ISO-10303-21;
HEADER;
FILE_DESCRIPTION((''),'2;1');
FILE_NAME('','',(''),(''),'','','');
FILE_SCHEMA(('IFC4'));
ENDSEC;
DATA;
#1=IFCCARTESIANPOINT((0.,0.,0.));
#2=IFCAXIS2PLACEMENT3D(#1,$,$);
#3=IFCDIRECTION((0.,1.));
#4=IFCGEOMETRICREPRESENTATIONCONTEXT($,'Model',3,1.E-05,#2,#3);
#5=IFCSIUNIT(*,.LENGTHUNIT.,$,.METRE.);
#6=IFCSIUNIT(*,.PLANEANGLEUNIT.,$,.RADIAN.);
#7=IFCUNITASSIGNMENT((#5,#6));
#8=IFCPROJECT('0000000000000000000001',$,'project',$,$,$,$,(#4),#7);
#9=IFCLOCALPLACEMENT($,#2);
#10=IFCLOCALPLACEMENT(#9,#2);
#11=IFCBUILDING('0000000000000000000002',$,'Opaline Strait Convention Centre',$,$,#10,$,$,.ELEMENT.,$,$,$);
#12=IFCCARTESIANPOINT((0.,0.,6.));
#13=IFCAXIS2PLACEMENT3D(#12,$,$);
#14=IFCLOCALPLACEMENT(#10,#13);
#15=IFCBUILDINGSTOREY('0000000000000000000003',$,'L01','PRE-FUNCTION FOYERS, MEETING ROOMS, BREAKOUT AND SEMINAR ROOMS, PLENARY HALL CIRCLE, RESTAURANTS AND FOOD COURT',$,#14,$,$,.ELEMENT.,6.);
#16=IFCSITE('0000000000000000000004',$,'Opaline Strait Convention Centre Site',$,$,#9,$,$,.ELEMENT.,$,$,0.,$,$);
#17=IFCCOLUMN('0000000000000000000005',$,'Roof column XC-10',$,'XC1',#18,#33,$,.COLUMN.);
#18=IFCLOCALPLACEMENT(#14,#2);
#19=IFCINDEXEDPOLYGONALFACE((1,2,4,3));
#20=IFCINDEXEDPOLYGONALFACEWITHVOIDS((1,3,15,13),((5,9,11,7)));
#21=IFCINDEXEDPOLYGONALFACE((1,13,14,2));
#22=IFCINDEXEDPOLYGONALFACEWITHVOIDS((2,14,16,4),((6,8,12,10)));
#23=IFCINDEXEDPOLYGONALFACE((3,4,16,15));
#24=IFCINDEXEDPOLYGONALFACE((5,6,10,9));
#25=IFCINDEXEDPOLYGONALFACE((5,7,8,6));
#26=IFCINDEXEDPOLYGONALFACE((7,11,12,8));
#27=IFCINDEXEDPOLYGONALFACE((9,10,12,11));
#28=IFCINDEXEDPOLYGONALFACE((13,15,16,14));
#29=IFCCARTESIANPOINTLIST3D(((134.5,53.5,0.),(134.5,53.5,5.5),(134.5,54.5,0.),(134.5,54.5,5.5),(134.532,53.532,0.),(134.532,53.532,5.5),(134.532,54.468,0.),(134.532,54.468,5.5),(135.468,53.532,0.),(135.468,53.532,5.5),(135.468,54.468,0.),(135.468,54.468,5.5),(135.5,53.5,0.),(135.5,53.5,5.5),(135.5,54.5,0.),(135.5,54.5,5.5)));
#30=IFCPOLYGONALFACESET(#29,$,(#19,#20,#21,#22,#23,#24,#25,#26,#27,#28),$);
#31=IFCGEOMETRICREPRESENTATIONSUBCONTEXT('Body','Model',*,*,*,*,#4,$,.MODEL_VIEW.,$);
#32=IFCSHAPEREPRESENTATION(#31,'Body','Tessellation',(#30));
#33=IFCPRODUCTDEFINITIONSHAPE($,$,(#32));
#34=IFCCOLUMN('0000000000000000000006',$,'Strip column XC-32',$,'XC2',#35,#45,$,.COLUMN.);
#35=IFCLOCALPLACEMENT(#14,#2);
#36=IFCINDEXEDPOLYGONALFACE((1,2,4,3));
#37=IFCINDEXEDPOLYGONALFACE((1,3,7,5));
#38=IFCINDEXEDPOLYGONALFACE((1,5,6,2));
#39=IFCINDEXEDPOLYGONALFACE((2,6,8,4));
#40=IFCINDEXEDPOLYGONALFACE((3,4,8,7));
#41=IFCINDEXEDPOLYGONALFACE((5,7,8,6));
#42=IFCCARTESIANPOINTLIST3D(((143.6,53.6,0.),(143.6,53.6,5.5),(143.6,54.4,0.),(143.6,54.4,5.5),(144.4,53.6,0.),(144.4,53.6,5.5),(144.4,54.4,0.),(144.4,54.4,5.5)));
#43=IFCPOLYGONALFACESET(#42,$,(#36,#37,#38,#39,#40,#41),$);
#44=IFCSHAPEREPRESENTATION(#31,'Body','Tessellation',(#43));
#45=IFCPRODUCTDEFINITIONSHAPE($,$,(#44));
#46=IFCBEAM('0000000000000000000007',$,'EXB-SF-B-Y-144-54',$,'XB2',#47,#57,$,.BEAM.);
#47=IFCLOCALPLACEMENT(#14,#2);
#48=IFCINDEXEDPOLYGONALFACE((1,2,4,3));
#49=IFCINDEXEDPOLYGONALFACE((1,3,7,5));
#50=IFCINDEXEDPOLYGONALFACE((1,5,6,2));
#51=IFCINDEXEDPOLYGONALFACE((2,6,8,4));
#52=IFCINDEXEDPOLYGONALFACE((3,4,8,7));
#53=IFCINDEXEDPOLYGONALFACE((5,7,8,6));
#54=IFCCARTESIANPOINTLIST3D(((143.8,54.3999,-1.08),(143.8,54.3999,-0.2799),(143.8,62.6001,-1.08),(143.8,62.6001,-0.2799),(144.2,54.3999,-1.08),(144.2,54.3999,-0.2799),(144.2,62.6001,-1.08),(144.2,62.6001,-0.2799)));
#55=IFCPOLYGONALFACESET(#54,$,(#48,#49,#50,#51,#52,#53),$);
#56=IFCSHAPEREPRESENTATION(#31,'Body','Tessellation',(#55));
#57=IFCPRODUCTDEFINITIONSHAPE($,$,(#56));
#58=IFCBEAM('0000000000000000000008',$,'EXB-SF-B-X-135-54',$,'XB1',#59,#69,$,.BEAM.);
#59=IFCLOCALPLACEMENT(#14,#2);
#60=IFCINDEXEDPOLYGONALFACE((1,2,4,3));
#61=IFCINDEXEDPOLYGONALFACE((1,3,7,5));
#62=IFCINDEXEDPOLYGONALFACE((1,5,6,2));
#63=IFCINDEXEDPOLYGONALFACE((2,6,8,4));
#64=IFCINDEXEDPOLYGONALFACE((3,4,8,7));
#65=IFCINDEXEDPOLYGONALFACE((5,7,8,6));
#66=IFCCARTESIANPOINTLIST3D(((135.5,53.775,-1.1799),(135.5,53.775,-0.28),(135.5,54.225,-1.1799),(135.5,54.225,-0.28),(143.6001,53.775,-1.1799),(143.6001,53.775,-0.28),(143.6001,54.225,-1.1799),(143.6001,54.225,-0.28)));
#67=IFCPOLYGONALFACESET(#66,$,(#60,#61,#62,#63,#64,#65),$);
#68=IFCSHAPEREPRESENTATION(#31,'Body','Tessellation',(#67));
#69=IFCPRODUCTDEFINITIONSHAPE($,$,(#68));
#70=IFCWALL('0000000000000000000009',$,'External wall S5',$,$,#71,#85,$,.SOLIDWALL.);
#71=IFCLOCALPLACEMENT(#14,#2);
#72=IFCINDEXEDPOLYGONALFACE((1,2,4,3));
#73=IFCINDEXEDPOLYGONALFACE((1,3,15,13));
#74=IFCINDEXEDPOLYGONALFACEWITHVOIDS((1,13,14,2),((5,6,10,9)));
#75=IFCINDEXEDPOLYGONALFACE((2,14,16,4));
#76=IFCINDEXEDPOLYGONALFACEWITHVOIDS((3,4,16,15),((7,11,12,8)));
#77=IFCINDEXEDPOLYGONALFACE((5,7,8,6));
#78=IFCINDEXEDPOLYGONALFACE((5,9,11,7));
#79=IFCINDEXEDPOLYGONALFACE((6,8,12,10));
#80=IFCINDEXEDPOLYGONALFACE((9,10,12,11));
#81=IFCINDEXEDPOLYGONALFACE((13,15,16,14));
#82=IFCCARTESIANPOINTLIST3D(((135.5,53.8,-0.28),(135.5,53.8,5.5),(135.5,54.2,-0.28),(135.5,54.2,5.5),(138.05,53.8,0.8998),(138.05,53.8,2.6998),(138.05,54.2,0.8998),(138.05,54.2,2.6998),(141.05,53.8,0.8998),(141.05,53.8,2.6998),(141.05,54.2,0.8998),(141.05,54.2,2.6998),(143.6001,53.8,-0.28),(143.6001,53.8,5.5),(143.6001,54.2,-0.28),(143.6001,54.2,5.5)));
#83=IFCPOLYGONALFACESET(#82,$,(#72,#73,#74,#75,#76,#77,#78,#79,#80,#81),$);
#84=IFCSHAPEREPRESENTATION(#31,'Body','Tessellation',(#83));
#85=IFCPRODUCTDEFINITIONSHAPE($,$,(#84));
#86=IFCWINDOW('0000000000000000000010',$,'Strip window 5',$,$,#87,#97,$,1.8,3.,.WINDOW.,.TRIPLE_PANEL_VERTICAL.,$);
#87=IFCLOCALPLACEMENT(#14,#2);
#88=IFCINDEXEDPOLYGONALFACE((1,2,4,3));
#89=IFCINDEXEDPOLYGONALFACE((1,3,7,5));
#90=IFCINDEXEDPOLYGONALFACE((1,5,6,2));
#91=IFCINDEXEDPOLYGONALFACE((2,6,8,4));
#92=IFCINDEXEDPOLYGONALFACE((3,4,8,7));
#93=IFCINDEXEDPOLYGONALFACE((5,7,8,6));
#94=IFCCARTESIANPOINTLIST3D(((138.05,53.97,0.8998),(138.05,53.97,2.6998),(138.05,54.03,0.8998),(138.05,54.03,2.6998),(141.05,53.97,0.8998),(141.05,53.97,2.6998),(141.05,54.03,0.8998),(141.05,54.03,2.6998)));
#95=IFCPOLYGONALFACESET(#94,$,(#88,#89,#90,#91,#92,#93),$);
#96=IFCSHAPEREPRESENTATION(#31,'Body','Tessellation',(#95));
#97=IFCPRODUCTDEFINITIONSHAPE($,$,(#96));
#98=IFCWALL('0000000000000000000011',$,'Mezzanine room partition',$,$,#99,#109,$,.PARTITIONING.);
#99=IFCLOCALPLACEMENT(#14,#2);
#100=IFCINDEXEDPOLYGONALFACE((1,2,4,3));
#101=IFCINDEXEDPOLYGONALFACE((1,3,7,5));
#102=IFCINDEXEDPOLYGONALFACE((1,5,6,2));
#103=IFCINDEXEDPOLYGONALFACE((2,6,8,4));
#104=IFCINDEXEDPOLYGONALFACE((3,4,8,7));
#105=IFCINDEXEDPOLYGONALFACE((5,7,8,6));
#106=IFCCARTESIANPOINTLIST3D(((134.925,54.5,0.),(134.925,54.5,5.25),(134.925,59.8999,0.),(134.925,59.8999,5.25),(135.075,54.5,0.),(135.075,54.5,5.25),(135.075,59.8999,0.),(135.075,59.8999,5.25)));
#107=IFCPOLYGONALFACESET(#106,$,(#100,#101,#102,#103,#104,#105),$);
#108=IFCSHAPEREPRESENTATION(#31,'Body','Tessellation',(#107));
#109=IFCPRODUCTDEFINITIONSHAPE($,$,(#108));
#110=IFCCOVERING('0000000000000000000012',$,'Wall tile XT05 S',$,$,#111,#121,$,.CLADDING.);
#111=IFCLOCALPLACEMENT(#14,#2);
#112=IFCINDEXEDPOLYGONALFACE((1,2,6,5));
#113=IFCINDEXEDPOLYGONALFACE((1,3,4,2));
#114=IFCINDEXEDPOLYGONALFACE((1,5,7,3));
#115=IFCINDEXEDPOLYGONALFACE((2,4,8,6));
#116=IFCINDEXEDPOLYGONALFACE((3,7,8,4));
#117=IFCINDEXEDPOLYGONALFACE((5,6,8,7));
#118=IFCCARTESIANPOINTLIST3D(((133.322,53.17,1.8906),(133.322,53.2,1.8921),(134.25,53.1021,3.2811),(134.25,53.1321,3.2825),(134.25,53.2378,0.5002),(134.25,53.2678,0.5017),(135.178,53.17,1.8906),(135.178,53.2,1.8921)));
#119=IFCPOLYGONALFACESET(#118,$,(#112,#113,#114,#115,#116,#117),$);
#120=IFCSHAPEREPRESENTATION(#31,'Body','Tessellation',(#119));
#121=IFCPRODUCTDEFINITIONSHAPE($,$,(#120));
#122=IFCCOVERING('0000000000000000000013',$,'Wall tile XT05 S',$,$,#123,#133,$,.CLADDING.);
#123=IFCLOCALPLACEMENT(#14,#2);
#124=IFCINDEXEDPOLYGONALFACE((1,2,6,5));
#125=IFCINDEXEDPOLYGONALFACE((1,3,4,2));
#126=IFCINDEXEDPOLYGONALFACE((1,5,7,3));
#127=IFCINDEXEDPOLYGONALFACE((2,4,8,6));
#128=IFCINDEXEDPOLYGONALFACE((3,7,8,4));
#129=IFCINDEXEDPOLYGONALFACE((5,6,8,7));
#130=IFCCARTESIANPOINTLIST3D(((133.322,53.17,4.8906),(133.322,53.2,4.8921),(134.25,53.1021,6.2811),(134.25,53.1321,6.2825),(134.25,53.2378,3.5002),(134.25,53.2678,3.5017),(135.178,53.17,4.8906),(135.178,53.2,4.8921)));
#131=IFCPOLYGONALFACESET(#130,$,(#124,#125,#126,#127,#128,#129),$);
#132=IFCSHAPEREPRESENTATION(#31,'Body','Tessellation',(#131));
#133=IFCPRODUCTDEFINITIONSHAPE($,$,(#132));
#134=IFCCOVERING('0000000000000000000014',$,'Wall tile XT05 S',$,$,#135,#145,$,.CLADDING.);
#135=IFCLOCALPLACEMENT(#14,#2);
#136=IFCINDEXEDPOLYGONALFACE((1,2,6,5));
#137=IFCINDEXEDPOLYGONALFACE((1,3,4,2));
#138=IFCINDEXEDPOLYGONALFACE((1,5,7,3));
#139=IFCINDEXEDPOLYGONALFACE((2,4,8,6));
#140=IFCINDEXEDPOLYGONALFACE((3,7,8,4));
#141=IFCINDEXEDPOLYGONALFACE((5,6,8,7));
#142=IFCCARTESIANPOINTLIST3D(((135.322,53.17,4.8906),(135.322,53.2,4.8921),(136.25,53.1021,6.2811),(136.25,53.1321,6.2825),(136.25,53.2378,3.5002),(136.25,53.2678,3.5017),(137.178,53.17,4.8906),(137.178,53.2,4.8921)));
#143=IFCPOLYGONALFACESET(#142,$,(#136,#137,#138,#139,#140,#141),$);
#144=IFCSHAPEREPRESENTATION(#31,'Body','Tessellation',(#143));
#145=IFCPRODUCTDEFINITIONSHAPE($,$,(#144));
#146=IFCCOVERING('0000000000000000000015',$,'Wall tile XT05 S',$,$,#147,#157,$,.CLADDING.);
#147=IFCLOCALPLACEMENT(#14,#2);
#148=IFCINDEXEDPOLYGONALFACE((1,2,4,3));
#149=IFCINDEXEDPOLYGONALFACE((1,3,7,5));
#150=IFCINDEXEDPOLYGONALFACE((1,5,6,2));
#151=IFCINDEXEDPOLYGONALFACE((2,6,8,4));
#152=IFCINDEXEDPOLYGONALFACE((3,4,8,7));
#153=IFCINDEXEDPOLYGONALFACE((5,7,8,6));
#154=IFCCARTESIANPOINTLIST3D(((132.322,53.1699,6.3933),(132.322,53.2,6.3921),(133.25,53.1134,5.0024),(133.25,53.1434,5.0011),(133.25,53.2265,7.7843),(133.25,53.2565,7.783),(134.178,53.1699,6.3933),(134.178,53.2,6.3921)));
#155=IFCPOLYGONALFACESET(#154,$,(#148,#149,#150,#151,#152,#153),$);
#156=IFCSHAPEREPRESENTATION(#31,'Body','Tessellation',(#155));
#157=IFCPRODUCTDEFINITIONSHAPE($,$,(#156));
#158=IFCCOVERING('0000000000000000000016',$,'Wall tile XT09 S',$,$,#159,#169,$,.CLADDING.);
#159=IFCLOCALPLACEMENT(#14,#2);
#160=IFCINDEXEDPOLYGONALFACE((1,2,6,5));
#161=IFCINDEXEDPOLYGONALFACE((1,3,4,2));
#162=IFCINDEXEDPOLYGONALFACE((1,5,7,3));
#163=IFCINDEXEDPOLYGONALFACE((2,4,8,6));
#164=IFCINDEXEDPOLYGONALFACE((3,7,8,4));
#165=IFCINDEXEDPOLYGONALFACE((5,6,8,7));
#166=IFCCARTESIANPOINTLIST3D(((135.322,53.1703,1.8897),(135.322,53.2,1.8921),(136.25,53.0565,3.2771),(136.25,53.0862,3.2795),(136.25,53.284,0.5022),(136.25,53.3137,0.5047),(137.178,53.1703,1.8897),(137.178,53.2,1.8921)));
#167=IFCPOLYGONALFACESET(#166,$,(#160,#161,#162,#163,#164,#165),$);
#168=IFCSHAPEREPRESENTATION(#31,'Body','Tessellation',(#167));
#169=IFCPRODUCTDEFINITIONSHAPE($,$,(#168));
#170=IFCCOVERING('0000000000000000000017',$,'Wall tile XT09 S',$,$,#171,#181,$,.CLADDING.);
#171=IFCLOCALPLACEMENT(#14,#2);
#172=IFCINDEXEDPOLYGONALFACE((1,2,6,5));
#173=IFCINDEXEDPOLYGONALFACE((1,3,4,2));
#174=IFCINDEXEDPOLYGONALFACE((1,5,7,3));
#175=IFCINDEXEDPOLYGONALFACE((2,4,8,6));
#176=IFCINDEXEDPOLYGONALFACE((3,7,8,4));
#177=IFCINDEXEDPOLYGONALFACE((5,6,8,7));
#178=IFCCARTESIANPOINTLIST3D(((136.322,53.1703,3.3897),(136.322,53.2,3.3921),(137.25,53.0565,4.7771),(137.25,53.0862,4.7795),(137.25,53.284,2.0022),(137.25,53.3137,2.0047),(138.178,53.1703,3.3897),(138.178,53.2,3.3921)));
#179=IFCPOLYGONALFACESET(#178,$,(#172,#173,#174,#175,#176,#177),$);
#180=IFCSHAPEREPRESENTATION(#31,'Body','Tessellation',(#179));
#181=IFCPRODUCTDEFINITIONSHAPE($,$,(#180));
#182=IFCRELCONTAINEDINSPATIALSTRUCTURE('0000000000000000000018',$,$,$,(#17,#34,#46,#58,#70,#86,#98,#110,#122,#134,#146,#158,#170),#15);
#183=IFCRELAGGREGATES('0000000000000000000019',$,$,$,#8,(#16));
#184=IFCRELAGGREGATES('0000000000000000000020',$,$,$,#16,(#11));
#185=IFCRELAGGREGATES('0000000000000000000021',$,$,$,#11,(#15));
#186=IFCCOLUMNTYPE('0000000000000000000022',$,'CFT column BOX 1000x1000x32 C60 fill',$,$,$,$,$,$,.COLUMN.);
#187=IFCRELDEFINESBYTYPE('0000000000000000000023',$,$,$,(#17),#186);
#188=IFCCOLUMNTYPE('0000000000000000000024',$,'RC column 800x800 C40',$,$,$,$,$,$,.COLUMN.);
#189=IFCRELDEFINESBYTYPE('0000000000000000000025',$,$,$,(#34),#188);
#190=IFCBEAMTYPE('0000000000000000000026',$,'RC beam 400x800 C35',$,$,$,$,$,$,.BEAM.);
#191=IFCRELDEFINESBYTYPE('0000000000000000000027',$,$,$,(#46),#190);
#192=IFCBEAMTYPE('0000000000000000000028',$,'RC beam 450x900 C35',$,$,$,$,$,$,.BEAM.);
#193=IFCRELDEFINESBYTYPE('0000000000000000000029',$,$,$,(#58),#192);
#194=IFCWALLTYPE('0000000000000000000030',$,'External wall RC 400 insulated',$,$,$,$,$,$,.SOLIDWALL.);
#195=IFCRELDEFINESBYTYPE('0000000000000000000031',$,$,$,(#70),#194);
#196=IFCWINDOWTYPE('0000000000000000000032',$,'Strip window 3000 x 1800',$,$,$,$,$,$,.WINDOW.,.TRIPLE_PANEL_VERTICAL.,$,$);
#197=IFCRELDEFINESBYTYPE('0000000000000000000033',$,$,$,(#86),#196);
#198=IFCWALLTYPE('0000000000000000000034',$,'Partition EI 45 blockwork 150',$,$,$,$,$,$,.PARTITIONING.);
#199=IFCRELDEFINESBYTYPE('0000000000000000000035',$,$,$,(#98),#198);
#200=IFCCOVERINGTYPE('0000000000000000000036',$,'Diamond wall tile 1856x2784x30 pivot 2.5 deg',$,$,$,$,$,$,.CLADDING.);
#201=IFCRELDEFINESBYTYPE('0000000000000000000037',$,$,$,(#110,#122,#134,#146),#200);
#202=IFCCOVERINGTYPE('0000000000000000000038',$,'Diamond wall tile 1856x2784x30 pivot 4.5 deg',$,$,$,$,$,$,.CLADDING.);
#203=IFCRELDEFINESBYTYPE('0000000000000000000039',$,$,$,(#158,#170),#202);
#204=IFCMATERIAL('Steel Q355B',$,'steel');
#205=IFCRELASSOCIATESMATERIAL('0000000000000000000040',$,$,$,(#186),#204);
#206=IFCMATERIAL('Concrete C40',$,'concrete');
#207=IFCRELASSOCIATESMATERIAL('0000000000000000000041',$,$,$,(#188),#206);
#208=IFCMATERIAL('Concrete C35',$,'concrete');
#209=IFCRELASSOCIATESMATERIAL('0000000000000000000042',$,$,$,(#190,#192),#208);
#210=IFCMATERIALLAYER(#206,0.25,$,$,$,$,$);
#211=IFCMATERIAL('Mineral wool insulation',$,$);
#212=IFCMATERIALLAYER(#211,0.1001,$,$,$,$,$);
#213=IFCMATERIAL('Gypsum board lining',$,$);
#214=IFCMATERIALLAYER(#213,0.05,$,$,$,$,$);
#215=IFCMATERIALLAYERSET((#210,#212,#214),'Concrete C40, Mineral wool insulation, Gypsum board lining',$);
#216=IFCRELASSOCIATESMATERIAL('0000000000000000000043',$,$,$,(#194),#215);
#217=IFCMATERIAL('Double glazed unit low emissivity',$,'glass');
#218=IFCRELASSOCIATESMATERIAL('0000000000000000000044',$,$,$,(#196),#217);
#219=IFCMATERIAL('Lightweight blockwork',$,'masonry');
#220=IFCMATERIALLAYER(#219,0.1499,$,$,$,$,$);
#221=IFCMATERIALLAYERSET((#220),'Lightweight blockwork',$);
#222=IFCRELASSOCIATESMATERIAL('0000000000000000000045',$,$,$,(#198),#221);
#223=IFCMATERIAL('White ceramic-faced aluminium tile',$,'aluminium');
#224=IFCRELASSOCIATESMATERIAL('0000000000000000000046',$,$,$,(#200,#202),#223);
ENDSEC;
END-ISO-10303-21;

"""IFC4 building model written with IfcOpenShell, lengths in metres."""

from ifc_helpers import new_model, si_unit, direction, frame, frame_2d, origin, origin_2d, place, context, subcontext, project, spatial, polyline, rectangle, hollow_rectangle, outline, extrude, material, layer, layer_set, material_profile, profile_set, type_object, element, fill, save


model = new_model("IFC4")

# Units and contexts
model_context = context("Model", 3, precision=1e-05, world=origin(), true_north=direction((0.0, 1.0)))
body_context = subcontext(model_context, "Body", "Model", "MODEL_VIEW")
ifc_project = project(units=[si_unit("LENGTHUNIT", "METRE"), si_unit("PLANEANGLEUNIT", "RADIAN")], contexts=[model_context])

# Site, building, storey
site_placement = place(None, origin())
site = spatial("IfcSite", under=ifc_project, at=site_placement, Name="Opaline Strait Convention Centre Site", CompositionType="ELEMENT", RefElevation=0.0)
building_placement = place(site_placement, origin())
building = spatial("IfcBuilding", under=site, at=building_placement, Name="Opaline Strait Convention Centre", CompositionType="ELEMENT")
storey_placement = place(building_placement, frame((0.0, 0.0, 6.0)))
storey = spatial("IfcBuildingStorey", under=building, at=storey_placement, Name="L01", Description="PRE-FUNCTION FOYERS, MEETING ROOMS, BREAKOUT AND SEMINAR ROOMS, PLENARY HALL CIRCLE, RESTAURANTS AND FOOD COURT", CompositionType="ELEMENT", Elevation=6.0)

# Columns
ifc_material_1 = material(Name="Steel Q355B", Category="steel")
ifc_material_profile_1 = material_profile(ifc_material_1, hollow_rectangle(XDim=1.0, YDim=1.0, WallThickness=0.032, at=origin_2d()), Name="BOX 1000x1000x32")
ifc_profile_set_1 = profile_set([ifc_material_profile_1], Name="Steel Q355B")
column_type_1 = type_object("IfcColumnType", Name="CFT column BOX 1000x1000x32 C60 fill", PredefinedType="COLUMN", material=ifc_profile_set_1)
column_1_placement = place(storey_placement, frame((135.0, 54.0, 0.0), z_axis=(0.0, 0.0, 1.0), x_axis=(1.0, 0.0, 0.0)))
element("IfcColumn", 1, at=column_1_placement, inside=storey, type_object=column_type_1, Name="Roof column XC-10", ObjectType="XC1", PredefinedType="COLUMN", context=body_context, shape_type="SweptSolid", body=[
    extrude(hollow_rectangle(XDim=1.0, YDim=1.0, WallThickness=0.032, at=origin_2d()), origin(), (0.0, 0.0, 1.0), 5.5),
])
ifc_material_2 = material(Name="Concrete C40", Category="concrete")
ifc_material_profile_2 = material_profile(ifc_material_2, rectangle(XDim=0.8, YDim=0.8, at=origin_2d()), Name="RC 800x800")
ifc_profile_set_2 = profile_set([ifc_material_profile_2], Name="Concrete C40")
column_type_2 = type_object("IfcColumnType", Name="RC column 800x800 C40", PredefinedType="COLUMN", material=ifc_profile_set_2)
column_2_placement = place(storey_placement, frame((144.0, 54.0, 0.0), z_axis=(0.0, 0.0, 1.0), x_axis=(1.0, 0.0, 0.0)))
element("IfcColumn", 2, at=column_2_placement, inside=storey, type_object=column_type_2, Name="Strip column XC-32", ObjectType="XC2", PredefinedType="COLUMN", context=body_context, shape_type="SweptSolid", body=[
    extrude(rectangle(XDim=0.8, YDim=0.8, at=origin_2d()), origin(), (0.0, 0.0, 1.0), 5.5),
])

# Beams
ifc_material_3 = material(Name="Concrete C35", Category="concrete")
ifc_material_profile_3 = material_profile(ifc_material_3, rectangle(XDim=0.3999, YDim=0.8, at=origin_2d()), Name="RC 400x800")
ifc_profile_set_3 = profile_set([ifc_material_profile_3], Name="Concrete C35")
beam_type_1 = type_object("IfcBeamType", Name="RC beam 400x800 C35", PredefinedType="BEAM", material=ifc_profile_set_3)
beam_1_placement = place(storey_placement, frame((144.0, 54.3999, -0.6799), z_axis=(0.0, 1.0, 0.0), x_axis=(-1.0, 0.0, 0.0)))
element("IfcBeam", 3, at=beam_1_placement, inside=storey, type_object=beam_type_1, Name="EXB-SF-B-Y-144-54", ObjectType="XB2", PredefinedType="BEAM", context=body_context, shape_type="SweptSolid", body=[
    extrude(rectangle(XDim=0.3999, YDim=0.8, at=origin_2d()), origin(), (0.0, 0.0, 1.0), 8.2002),
])
ifc_material_profile_4 = material_profile(ifc_material_3, rectangle(XDim=0.45, YDim=0.8999, at=origin_2d()), Name="RC 450x900")
ifc_profile_set_4 = profile_set([ifc_material_profile_4], Name="Concrete C35")
beam_type_2 = type_object("IfcBeamType", Name="RC beam 450x900 C35", PredefinedType="BEAM", material=ifc_profile_set_4)
beam_2_placement = place(storey_placement, frame((135.5, 54.0, -0.73), z_axis=(1.0, 0.0, 0.0), x_axis=(0.0, 1.0, 0.0)))
element("IfcBeam", 4, at=beam_2_placement, inside=storey, type_object=beam_type_2, Name="EXB-SF-B-X-135-54", ObjectType="XB1", PredefinedType="BEAM", context=body_context, shape_type="SweptSolid", body=[
    extrude(rectangle(XDim=0.45, YDim=0.8999, at=origin_2d()), origin(), (0.0, 0.0, 1.0), 8.1001),
])

# Wall, opening, window
ifc_layer_1 = layer(ifc_material_2, 0.25)
ifc_material_4 = material(Name="Mineral wool insulation")
ifc_layer_2 = layer(ifc_material_4, 0.1001)
ifc_material_5 = material(Name="Gypsum board lining")
ifc_layer_3 = layer(ifc_material_5, 0.05)
ifc_layer_set_1 = layer_set([ifc_layer_1, ifc_layer_2, ifc_layer_3], Name="Concrete C40, Mineral wool insulation, Gypsum board lining")
wall_type_1 = type_object("IfcWallType", Name="External wall RC 400 insulated", PredefinedType="SOLIDWALL", material=ifc_layer_set_1)
wall_1_placement = place(storey_placement, frame((135.5, 54.0, -0.28), z_axis=(0.0, 0.0, 1.0), x_axis=(1.0, 0.0, 0.0)))
wall_1 = element("IfcWall", 5, at=wall_1_placement, inside=storey, type_object=wall_type_1, Name="External wall S5", PredefinedType="SOLIDWALL", context=body_context, shape_type="SweptSolid", body=[
    extrude(rectangle(XDim=8.1001, YDim=0.3999, at=frame_2d((4.05, 0.0))), origin(), (0.0, 0.0, 1.0), 5.78),
])
opening_placement = place(wall_1_placement, frame((2.55, 0.0, 1.1799)))
opening = element("IfcOpeningElement", 6, at=opening_placement, cuts=wall_1, PredefinedType="OPENING", context=body_context, shape_type="SweptSolid", body=[
    extrude(rectangle(XDim=3.0, YDim=1.8, at=frame_2d((1.5, 0.8999))), frame((0.0, 0.21, 0.0), z_axis=(0.0, -1.0, 0.0), x_axis=(1.0, 0.0, 0.0)), (0.0, 0.0, 1.0), 0.4199),
])
ifc_material_6 = material(Name="Double glazed unit low emissivity", Category="glass")
window_type = type_object("IfcWindowType", Name="Strip window 3000 x 1800", PartitioningType="TRIPLE_PANEL_VERTICAL", PredefinedType="WINDOW", material=ifc_material_6)
window_placement = place(opening_placement, origin())
window = element("IfcWindow", 7, at=window_placement, inside=storey, type_object=window_type, Name="Strip window 5", OverallHeight=1.8, OverallWidth=3.0, PartitioningType="TRIPLE_PANEL_VERTICAL", PredefinedType="WINDOW", context=body_context, shape_type="SweptSolid", body=[
    extrude(rectangle(XDim=3.0, YDim=1.8, at=frame_2d((1.5, 0.8999))), frame((0.0, 0.03, 0.0), z_axis=(0.0, -1.0, 0.0), x_axis=(1.0, 0.0, 0.0)), (0.0, 0.0, 1.0), 0.0601),
])
fill(opening, window)

# Wall
ifc_material_7 = material(Name="Lightweight blockwork", Category="masonry")
ifc_layer_4 = layer(ifc_material_7, 0.1499)
ifc_layer_set_2 = layer_set([ifc_layer_4], Name="Lightweight blockwork")
wall_type_2 = type_object("IfcWallType", Name="Partition EI 45 blockwork 150", PredefinedType="PARTITIONING", material=ifc_layer_set_2)
wall_2_placement = place(storey_placement, frame((135.0, 54.5, 0.0), z_axis=(0.0, 0.0, 1.0), x_axis=(0.0, 1.0, 0.0)))
element("IfcWall", 8, at=wall_2_placement, inside=storey, type_object=wall_type_2, Name="Mezzanine room partition", PredefinedType="PARTITIONING", context=body_context, shape_type="SweptSolid", body=[
    extrude(rectangle(XDim=5.3999, YDim=0.1499, at=frame_2d((2.7, 0.0))), origin(), (0.0, 0.0, 1.0), 5.25),
])

# Coverings
ifc_material_8 = material(Name="White ceramic-faced aluminium tile", Category="aluminium")
ifc_material_profile_5 = material_profile(ifc_material_8, outline(polyline([(0.928, 0.0), (0.0, 1.3921), (-0.928, 0.0), (0.0, -1.3921), (0.928, 0.0)])), Name="Diamond tile 1856x2784")
ifc_profile_set_5 = profile_set([ifc_material_profile_5], Name="White ceramic-faced aluminium tile")
covering_type_1 = type_object("IfcCoveringType", Name="Diamond wall tile 1856x2784x30 pivot 2.5 deg", PredefinedType="CLADDING", material=ifc_profile_set_5)
for number, where, z_axis, x_axis, name in (
    (9, (134.25, 53.2, 1.8921), (0.0, -0.998812, -0.048723), (1.0, 0.0, 0.0), "Wall tile XT05 S"),
    (10, (134.25, 53.2, 4.8921), (0.0, -0.998812, -0.048723), (1.0, 0.0, 0.0), "Wall tile XT05 S"),
    (11, (136.25, 53.2, 4.8921), (0.0, -0.998812, -0.048723), (1.0, 0.0, 0.0), "Wall tile XT05 S"),
    (12, (133.25, 53.2, 6.3921), (0.0, -0.999175, 0.040617), (1.0, 0.0, 0.0), "Wall tile XT05 S"),
):
    element("IfcCovering", number, at=place(storey_placement, frame(where, z_axis=z_axis, x_axis=x_axis)), inside=storey, type_object=covering_type_1, Name=name, PredefinedType="CLADDING", context=body_context, shape_type="SweptSolid", body=[
        extrude(outline(polyline([(0.928, 0.0), (0.0, 1.3921), (-0.928, 0.0), (0.0, -1.3921), (0.928, 0.0)])), origin(), (0.0, 0.0, 1.0), 0.03),
    ])
ifc_material_profile_6 = material_profile(ifc_material_8, outline(polyline([(0.928, 0.0), (0.0, 1.3921), (-0.928, 0.0), (0.0, -1.3921), (0.928, 0.0)])), Name="Diamond tile 1856x2784")
ifc_profile_set_6 = profile_set([ifc_material_profile_6], Name="White ceramic-faced aluminium tile")
covering_type_2 = type_object("IfcCoveringType", Name="Diamond wall tile 1856x2784x30 pivot 4.5 deg", PredefinedType="CLADDING", material=ifc_profile_set_6)
for number, where, z_axis, x_axis, name in (
    (13, (136.25, 53.2, 1.8921), (0.0, -0.996658, -0.081693), (1.0, 0.0, 0.0), "Wall tile XT09 S"),
    (14, (137.25, 53.2, 3.3921), (0.0, -0.996658, -0.081693), (1.0, 0.0, 0.0), "Wall tile XT09 S"),
):
    element("IfcCovering", number, at=place(storey_placement, frame(where, z_axis=z_axis, x_axis=x_axis)), inside=storey, type_object=covering_type_2, Name=name, PredefinedType="CLADDING", context=body_context, shape_type="SweptSolid", body=[
        extrude(outline(polyline([(0.928, 0.0), (0.0, 1.3921), (-0.928, 0.0), (0.0, -1.3921), (0.928, 0.0)])), origin(), (0.0, 0.0, 1.0), 0.0298),
    ])

save(model, "model.ifc")
